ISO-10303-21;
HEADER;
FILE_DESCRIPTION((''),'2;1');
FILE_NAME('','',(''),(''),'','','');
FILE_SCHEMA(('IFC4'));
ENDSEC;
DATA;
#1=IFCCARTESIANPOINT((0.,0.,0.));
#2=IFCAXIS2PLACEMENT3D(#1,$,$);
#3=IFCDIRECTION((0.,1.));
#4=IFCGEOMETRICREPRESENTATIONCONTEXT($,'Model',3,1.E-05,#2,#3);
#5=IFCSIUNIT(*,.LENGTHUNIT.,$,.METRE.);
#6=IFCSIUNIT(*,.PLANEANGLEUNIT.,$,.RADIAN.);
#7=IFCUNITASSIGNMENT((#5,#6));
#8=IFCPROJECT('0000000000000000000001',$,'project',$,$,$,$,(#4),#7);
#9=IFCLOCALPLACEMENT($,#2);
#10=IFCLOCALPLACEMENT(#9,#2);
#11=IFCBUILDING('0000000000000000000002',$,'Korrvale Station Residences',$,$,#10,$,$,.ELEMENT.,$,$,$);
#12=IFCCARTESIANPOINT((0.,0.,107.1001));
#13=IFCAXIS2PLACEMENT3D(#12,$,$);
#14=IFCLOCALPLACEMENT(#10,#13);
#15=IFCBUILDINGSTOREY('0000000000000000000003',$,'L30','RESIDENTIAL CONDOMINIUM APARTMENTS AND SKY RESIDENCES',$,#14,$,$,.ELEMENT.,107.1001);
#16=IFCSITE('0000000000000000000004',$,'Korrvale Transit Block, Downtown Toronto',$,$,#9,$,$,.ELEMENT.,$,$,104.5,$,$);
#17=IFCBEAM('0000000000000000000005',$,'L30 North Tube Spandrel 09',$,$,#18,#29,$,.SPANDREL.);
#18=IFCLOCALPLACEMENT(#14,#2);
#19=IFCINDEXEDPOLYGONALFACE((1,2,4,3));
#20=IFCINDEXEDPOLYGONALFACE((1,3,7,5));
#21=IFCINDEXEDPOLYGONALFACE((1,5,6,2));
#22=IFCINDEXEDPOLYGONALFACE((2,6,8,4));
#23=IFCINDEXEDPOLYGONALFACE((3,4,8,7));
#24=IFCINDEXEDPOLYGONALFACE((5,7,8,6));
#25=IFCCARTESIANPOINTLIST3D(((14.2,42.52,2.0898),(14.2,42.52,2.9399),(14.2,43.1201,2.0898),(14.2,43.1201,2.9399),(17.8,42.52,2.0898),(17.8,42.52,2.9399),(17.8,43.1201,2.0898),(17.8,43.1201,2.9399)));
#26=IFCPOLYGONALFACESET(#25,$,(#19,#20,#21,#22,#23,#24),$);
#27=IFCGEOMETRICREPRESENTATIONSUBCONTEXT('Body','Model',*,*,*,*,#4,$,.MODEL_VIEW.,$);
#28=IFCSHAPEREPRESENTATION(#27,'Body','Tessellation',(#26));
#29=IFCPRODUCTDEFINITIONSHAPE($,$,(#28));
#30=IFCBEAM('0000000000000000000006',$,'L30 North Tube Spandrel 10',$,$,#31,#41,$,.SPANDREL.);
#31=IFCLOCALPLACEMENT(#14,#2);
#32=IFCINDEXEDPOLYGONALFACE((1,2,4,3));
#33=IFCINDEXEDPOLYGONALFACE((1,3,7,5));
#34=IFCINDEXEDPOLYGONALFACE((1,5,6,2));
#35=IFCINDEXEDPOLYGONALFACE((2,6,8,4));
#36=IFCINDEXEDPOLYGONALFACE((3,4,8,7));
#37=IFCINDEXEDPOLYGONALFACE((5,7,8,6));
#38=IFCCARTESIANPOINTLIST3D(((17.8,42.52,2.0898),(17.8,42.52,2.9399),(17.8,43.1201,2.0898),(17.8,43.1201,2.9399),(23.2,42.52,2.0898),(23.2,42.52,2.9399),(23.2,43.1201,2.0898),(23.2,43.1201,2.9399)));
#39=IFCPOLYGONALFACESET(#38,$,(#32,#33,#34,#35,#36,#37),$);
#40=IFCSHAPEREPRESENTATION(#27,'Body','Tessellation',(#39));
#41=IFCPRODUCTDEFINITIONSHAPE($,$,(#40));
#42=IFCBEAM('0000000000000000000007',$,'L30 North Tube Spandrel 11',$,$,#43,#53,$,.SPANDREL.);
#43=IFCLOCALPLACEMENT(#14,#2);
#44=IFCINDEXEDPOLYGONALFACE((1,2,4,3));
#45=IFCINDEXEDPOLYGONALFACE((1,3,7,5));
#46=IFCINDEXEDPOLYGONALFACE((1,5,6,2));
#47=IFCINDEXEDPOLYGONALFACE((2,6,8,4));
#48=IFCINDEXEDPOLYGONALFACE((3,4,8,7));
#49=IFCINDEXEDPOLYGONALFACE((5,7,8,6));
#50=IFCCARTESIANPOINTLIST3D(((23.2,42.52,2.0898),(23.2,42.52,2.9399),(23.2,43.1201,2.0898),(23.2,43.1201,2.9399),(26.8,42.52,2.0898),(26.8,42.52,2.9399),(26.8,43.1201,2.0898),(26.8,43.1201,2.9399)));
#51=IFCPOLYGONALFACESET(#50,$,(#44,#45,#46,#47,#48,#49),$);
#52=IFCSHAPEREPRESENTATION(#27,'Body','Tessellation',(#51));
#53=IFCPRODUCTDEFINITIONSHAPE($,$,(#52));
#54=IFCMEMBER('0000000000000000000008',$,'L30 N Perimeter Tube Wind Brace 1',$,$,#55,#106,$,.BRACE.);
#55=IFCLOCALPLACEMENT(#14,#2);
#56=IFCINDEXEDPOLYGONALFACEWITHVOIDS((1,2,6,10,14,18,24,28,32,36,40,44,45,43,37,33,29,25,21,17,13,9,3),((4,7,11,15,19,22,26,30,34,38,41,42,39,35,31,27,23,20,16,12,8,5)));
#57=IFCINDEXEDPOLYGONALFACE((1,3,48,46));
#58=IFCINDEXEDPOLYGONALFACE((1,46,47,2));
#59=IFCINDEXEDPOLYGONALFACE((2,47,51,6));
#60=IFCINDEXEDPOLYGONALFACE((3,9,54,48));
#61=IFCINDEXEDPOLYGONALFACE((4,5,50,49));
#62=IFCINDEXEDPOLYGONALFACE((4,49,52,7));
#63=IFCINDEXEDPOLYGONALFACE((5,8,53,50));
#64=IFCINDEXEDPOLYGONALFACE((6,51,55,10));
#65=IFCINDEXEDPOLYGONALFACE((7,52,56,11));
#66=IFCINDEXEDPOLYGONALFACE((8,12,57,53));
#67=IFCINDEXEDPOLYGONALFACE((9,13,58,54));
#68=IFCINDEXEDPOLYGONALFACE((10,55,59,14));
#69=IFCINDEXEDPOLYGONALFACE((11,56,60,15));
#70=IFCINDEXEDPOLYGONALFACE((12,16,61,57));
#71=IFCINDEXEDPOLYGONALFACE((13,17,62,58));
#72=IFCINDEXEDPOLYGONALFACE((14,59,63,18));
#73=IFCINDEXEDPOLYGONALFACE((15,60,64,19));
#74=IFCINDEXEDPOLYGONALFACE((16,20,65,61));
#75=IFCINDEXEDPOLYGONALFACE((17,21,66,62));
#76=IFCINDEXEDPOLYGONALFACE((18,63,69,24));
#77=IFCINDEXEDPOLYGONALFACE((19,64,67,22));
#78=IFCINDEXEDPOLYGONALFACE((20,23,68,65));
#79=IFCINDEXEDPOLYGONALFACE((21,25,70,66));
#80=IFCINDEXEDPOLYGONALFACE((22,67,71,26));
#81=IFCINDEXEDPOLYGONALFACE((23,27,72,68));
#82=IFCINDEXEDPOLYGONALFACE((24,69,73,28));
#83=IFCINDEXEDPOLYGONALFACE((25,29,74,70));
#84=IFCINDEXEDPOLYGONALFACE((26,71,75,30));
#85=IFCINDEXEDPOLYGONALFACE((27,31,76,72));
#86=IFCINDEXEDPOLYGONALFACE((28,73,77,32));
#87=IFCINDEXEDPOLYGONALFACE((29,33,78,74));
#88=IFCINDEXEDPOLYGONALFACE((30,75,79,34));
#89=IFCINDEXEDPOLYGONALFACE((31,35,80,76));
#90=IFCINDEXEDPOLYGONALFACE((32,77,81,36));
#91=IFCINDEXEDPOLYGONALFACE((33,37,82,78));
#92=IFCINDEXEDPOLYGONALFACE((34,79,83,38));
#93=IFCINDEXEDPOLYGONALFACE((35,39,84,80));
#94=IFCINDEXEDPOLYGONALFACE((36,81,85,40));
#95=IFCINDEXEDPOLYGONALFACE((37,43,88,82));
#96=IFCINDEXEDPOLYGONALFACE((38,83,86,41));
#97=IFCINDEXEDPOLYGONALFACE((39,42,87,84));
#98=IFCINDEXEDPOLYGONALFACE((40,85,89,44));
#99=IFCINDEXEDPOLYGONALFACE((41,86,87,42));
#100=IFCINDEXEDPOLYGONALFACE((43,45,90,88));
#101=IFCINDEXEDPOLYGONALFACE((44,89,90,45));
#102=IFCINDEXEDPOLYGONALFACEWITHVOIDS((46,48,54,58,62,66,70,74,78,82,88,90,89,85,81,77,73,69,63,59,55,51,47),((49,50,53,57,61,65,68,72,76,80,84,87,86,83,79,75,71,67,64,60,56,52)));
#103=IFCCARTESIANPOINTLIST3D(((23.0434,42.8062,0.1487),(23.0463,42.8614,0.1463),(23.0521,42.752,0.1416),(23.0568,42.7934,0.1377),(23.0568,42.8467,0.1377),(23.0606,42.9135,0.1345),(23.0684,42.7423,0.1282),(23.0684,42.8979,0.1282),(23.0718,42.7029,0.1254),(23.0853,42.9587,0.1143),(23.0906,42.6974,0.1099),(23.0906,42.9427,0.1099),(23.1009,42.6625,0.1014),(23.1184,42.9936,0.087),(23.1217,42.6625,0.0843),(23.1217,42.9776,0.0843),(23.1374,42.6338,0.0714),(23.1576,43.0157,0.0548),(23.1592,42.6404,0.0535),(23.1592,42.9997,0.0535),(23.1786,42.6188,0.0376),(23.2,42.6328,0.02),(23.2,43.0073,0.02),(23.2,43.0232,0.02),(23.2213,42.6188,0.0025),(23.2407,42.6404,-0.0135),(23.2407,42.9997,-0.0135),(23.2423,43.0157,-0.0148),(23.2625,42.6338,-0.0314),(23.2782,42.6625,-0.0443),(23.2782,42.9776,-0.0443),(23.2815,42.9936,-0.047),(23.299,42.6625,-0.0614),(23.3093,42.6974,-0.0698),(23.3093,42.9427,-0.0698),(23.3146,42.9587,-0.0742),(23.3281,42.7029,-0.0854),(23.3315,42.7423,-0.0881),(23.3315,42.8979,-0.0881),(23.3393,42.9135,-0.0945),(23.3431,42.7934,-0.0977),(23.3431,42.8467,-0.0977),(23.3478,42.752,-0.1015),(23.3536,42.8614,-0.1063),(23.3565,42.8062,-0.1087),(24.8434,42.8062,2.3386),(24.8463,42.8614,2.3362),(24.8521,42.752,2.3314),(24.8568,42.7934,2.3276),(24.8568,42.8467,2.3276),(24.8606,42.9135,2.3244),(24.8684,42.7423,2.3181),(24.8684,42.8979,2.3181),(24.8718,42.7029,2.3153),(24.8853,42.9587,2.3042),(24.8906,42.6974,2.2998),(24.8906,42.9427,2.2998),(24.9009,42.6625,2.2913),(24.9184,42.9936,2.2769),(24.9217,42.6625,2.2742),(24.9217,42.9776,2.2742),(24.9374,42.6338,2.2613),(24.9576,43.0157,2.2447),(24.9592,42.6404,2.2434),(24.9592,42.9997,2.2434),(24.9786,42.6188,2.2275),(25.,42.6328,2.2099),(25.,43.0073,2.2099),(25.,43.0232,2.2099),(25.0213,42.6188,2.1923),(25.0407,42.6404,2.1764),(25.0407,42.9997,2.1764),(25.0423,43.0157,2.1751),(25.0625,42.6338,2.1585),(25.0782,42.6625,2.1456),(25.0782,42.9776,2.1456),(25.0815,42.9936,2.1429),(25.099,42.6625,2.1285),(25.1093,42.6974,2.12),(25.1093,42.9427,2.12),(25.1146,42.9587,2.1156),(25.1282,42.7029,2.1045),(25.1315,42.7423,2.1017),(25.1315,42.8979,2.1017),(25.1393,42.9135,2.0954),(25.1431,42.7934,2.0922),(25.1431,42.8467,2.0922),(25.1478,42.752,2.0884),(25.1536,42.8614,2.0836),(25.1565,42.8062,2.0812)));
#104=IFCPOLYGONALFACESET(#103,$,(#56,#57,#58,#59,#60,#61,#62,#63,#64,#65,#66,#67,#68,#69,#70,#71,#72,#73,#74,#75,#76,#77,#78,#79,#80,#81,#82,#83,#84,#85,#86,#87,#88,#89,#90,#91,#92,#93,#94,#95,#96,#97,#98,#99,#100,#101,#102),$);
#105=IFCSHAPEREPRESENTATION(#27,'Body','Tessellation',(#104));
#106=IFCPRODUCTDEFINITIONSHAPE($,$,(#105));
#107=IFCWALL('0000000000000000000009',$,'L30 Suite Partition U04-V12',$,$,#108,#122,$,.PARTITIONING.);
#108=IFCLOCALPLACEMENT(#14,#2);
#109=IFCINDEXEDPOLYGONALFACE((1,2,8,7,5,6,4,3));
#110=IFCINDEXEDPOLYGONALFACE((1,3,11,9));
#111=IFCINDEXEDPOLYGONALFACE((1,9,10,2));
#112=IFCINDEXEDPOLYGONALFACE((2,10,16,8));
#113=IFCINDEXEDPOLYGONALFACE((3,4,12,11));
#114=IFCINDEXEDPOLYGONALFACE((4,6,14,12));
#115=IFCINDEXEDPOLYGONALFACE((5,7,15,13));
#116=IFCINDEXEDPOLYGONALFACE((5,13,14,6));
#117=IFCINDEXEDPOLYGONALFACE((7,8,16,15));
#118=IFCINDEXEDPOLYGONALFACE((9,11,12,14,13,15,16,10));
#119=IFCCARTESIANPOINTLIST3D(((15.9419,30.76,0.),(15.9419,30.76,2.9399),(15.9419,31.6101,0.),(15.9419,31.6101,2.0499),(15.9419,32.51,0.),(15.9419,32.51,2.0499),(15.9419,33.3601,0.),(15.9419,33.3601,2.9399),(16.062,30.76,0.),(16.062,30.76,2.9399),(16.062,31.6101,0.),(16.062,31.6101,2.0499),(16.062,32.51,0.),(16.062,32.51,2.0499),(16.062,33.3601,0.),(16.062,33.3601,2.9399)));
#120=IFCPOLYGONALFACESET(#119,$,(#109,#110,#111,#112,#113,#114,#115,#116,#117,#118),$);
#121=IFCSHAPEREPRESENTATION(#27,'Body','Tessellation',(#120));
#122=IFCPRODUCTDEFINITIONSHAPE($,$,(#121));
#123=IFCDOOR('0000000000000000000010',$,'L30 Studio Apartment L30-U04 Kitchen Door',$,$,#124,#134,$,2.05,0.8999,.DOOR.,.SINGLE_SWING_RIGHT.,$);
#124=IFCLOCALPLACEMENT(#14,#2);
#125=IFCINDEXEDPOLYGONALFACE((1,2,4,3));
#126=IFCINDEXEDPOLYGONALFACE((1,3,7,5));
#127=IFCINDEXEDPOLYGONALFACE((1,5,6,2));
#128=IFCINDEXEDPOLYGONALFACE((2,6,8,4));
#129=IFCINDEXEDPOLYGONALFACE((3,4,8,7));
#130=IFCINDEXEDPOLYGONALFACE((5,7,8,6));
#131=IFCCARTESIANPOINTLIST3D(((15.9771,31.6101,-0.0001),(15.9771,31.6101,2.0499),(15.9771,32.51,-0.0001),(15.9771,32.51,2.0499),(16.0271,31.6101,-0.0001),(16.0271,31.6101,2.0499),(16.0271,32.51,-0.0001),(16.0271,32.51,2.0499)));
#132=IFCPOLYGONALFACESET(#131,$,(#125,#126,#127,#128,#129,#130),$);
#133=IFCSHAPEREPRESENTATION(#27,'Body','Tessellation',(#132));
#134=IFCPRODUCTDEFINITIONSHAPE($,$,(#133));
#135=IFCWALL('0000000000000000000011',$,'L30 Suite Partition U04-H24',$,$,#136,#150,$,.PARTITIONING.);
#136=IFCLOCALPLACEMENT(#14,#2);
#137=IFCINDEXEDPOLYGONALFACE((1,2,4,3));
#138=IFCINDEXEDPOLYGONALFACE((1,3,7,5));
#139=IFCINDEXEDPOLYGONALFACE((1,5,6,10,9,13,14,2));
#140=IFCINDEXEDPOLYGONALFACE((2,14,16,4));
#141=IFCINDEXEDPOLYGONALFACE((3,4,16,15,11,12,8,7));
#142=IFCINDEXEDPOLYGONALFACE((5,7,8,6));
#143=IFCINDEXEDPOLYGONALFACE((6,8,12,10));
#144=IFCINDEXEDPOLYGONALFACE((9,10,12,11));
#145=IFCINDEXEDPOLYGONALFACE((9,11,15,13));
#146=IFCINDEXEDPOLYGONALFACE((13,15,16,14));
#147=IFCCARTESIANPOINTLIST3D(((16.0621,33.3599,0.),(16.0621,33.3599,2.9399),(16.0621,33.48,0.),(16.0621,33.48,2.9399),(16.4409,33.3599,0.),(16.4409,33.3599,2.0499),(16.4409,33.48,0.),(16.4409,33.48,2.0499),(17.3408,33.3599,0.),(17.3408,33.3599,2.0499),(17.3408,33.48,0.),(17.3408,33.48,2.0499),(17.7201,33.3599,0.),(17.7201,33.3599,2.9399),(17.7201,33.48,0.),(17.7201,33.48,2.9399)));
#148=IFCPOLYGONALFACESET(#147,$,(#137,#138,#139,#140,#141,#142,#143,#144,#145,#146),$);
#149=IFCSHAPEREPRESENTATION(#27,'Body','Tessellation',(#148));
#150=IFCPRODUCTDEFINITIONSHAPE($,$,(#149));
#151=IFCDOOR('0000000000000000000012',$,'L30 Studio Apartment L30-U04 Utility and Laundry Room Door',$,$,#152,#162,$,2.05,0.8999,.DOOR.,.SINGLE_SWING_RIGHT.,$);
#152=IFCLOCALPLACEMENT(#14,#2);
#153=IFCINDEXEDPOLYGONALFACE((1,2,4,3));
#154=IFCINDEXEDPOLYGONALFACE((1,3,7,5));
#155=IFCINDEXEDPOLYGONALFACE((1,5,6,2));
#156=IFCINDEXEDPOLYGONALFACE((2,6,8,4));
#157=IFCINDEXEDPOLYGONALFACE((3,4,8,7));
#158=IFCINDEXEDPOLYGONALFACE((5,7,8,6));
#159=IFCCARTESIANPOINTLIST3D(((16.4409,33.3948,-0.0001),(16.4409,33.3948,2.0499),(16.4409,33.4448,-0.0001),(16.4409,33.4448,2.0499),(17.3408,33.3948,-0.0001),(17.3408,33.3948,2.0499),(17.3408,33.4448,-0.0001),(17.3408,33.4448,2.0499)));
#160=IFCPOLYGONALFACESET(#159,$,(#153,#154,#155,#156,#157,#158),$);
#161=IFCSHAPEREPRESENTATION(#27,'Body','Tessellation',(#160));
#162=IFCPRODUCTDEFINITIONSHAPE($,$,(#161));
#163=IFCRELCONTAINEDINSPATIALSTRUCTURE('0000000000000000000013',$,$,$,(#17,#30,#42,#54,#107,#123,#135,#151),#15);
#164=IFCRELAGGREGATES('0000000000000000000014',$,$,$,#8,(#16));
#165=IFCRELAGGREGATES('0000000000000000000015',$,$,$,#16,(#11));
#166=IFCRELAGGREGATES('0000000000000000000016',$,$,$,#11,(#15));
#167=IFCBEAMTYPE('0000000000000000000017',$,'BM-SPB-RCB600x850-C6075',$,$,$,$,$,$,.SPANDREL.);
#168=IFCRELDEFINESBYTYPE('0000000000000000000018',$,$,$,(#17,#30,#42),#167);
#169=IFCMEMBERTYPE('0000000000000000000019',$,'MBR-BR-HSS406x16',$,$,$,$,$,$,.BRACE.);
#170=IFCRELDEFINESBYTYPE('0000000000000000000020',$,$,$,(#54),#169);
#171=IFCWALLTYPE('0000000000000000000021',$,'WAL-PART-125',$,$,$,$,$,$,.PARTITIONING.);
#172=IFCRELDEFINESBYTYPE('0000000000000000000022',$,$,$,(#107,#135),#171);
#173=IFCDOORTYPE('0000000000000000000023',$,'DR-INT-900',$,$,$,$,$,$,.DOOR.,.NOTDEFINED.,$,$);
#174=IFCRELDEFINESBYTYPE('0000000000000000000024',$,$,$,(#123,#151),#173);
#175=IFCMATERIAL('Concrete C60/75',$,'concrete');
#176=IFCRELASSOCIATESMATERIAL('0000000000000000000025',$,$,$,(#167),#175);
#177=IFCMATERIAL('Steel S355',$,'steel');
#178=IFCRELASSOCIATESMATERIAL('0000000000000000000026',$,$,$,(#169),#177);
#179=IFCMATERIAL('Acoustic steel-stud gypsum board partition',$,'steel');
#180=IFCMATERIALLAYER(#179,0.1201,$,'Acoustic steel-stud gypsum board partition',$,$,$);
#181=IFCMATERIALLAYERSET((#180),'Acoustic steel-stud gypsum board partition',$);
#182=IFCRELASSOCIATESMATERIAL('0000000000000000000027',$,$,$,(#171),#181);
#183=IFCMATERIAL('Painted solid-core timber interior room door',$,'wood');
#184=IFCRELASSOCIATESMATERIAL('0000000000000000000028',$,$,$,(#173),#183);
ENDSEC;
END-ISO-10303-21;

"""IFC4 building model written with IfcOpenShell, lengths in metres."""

from ifc_helpers import new_model, si_unit, direction, frame, frame_2d, origin, origin_2d, place, context, subcontext, project, spatial, rectangle, hollow_circle, extrude, material, layer, layer_set, material_profile, profile_set, type_object, element, fill, save


model = new_model("IFC4")

# Units and contexts
model_context = context("Model", 3, precision=1e-05, world=origin(), true_north=direction((0.0, 1.0)))
body_context = subcontext(model_context, "Body", "Model", "MODEL_VIEW")
ifc_project = project(units=[si_unit("LENGTHUNIT", "METRE"), si_unit("PLANEANGLEUNIT", "RADIAN")], contexts=[model_context])

# Site, building, storey
site_placement = place(None, origin())
site = spatial("IfcSite", under=ifc_project, at=site_placement, Name="Korrvale Transit Block, Downtown Toronto", CompositionType="ELEMENT", RefElevation=104.5)
building_placement = place(site_placement, origin())
building = spatial("IfcBuilding", under=site, at=building_placement, Name="Korrvale Station Residences", CompositionType="ELEMENT")
storey_placement = place(building_placement, frame((0.0, 0.0, 107.1001)))
storey = spatial("IfcBuildingStorey", under=building, at=storey_placement, Name="L30", Description="RESIDENTIAL CONDOMINIUM APARTMENTS AND SKY RESIDENCES", CompositionType="ELEMENT", Elevation=107.1001)

# Shared definitions
ifc_material_1 = material(Name="Concrete C60/75", Category="concrete")

# Beams
ifc_material_2 = material(Name="Steel S355", Category="steel")
ifc_material_profile_1 = material_profile(ifc_material_1, rectangle(XDim=0.6001, YDim=0.8501, at=origin_2d()), Name="RCB600x850")
ifc_profile_set_1 = profile_set([ifc_material_profile_1], Name="Concrete C60/75")
beam_type_1 = type_object("IfcBeamType", Name="BM-SPB-RCB600x850-C6075", PredefinedType="SPANDREL", material=ifc_profile_set_1)
beam_1_placement = place(storey_placement, frame((14.2, 42.8201, 2.5149), z_axis=(1.0, 0.0, 0.0), x_axis=(0.0, 1.0, 0.0)))
element("IfcBeam", 1, at=beam_1_placement, inside=storey, type_object=beam_type_1, Name="L30 North Tube Spandrel 09", PredefinedType="SPANDREL", context=body_context, shape_type="SweptSolid", body=[
    extrude(rectangle(XDim=0.6001, YDim=0.8501, at=origin_2d()), origin(), (0.0, 0.0, 1.0), 3.6001),
])
beam_2_placement = place(storey_placement, frame((17.8, 42.8201, 2.5149), z_axis=(1.0, 0.0, 0.0), x_axis=(0.0, 1.0, 0.0)))
element("IfcBeam", 2, at=beam_2_placement, inside=storey, type_object=beam_type_1, Name="L30 North Tube Spandrel 10", PredefinedType="SPANDREL", context=body_context, shape_type="SweptSolid", body=[
    extrude(rectangle(XDim=0.6001, YDim=0.8501, at=origin_2d()), origin(), (0.0, 0.0, 1.0), 5.3999),
])
beam_3_placement = place(storey_placement, frame((23.2, 42.8201, 2.5149), z_axis=(1.0, 0.0, 0.0), x_axis=(0.0, 1.0, 0.0)))
element("IfcBeam", 3, at=beam_3_placement, inside=storey, type_object=beam_type_1, Name="L30 North Tube Spandrel 11", PredefinedType="SPANDREL", context=body_context, shape_type="SweptSolid", body=[
    extrude(rectangle(XDim=0.6001, YDim=0.8501, at=origin_2d()), origin(), (0.0, 0.0, 1.0), 3.6001),
])

# Member
ifc_material_profile_2 = material_profile(ifc_material_2, hollow_circle(Radius=0.2031, WallThickness=0.0159, at=origin_2d()), Name="HSS406x16")
ifc_profile_set_2 = profile_set([ifc_material_profile_2], Name="Steel S355")
member_type = type_object("IfcMemberType", Name="MBR-BR-HSS406x16", PredefinedType="BRACE", material=ifc_profile_set_2)
member_placement = place(storey_placement, frame((23.2, 42.8201, 0.02), z_axis=(0.634985, 0.0, 0.772524), x_axis=(0.0, 1.0, 0.0)))
element("IfcMember", 4, at=member_placement, inside=storey, type_object=member_type, Name="L30 N Perimeter Tube Wind Brace 1", PredefinedType="BRACE", context=body_context, shape_type="SweptSolid", body=[
    extrude(hollow_circle(Radius=0.2031, WallThickness=0.0159, at=origin_2d()), origin(), (0.0, 0.0, 1.0), 2.8347),
])

# Walls, openings, doors
ifc_material_3 = material(Name="Acoustic steel-stud gypsum board partition", Category="steel")
ifc_layer_1 = layer(ifc_material_3, 0.1201, Name="Acoustic steel-stud gypsum board partition")
ifc_layer_set_1 = layer_set([ifc_layer_1], Name="Acoustic steel-stud gypsum board partition")
wall_type_1 = type_object("IfcWallType", Name="WAL-PART-125", PredefinedType="PARTITIONING", material=ifc_layer_set_1)
wall_1_placement = place(storey_placement, frame((16.002, 30.76, 0.0), z_axis=(0.0, 0.0, 1.0), x_axis=(0.0, 1.0, 0.0)))
wall_1 = element("IfcWall", 5, at=wall_1_placement, inside=storey, type_object=wall_type_1, Name="L30 Suite Partition U04-V12", PredefinedType="PARTITIONING", context=body_context, shape_type="SweptSolid", body=[
    extrude(rectangle(XDim=2.6001, YDim=0.1201, at=frame_2d((1.3, 0.0))), origin(), (0.0, 0.0, 1.0), 2.9399),
])
opening_1_placement = place(wall_1_placement, frame((0.8501, 0.0, 0.0)))
opening_1 = element("IfcOpeningElement", 6, at=opening_1_placement, cuts=wall_1, PredefinedType="OPENING", context=body_context, shape_type="SweptSolid", body=[
    extrude(rectangle(XDim=0.8999, YDim=2.05, at=frame_2d((0.45, 1.0249))), frame((0.0, 0.0701, 0.0), z_axis=(0.0, -1.0, 0.0), x_axis=(1.0, 0.0, 0.0)), (0.0, 0.0, 1.0), 0.1401),
])
ifc_material_4 = material(Name="Painted solid-core timber interior room door", Category="wood")
door_type_1 = type_object("IfcDoorType", Name="DR-INT-900", OperationType="NOTDEFINED", PredefinedType="DOOR", material=ifc_material_4)
door_1_placement = place(opening_1_placement, origin())
door_1 = element("IfcDoor", 7, at=door_1_placement, inside=storey, type_object=door_type_1, Name="L30 Studio Apartment L30-U04 Kitchen Door", OperationType="SINGLE_SWING_RIGHT", OverallHeight=2.05, OverallWidth=0.8999, PredefinedType="DOOR", context=body_context, shape_type="SweptSolid", body=[
    extrude(rectangle(XDim=0.8999, YDim=2.05, at=frame_2d((0.45, 1.0249))), frame((0.0, 0.0249, 0.0), z_axis=(0.0, -1.0, 0.0), x_axis=(1.0, 0.0, 0.0)), (0.0, 0.0, 1.0), 0.05),
])
fill(opening_1, door_1)
wall_2_placement = place(storey_placement, frame((16.062, 33.4199, 0.0), z_axis=(0.0, 0.0, 1.0), x_axis=(1.0, 0.0, 0.0)))
wall_2 = element("IfcWall", 8, at=wall_2_placement, inside=storey, type_object=wall_type_1, Name="L30 Suite Partition U04-H24", PredefinedType="PARTITIONING", context=body_context, shape_type="SweptSolid", body=[
    extrude(rectangle(XDim=1.658, YDim=0.1201, at=frame_2d((0.8291, 0.0))), origin(), (0.0, 0.0, 1.0), 2.9399),
])
opening_2_placement = place(wall_2_placement, frame((0.3789, 0.0, 0.0)))
opening_2 = element("IfcOpeningElement", 9, at=opening_2_placement, cuts=wall_2, PredefinedType="OPENING", context=body_context, shape_type="SweptSolid", body=[
    extrude(rectangle(XDim=0.8999, YDim=2.05, at=frame_2d((0.45, 1.0249))), frame((0.0, 0.0701, 0.0), z_axis=(0.0, -1.0, 0.0), x_axis=(1.0, 0.0, 0.0)), (0.0, 0.0, 1.0), 0.1401),
])
door_2_placement = place(opening_2_placement, origin())
door_2 = element("IfcDoor", 10, at=door_2_placement, inside=storey, type_object=door_type_1, Name="L30 Studio Apartment L30-U04 Utility and Laundry Room Door", OperationType="SINGLE_SWING_RIGHT", OverallHeight=2.05, OverallWidth=0.8999, PredefinedType="DOOR", context=body_context, shape_type="SweptSolid", body=[
    extrude(rectangle(XDim=0.8999, YDim=2.05, at=frame_2d((0.45, 1.0249))), frame((0.0, 0.0249, 0.0), z_axis=(0.0, -1.0, 0.0), x_axis=(1.0, 0.0, 0.0)), (0.0, 0.0, 1.0), 0.05),
])
fill(opening_2, door_2)

save(model, "model.ifc")
